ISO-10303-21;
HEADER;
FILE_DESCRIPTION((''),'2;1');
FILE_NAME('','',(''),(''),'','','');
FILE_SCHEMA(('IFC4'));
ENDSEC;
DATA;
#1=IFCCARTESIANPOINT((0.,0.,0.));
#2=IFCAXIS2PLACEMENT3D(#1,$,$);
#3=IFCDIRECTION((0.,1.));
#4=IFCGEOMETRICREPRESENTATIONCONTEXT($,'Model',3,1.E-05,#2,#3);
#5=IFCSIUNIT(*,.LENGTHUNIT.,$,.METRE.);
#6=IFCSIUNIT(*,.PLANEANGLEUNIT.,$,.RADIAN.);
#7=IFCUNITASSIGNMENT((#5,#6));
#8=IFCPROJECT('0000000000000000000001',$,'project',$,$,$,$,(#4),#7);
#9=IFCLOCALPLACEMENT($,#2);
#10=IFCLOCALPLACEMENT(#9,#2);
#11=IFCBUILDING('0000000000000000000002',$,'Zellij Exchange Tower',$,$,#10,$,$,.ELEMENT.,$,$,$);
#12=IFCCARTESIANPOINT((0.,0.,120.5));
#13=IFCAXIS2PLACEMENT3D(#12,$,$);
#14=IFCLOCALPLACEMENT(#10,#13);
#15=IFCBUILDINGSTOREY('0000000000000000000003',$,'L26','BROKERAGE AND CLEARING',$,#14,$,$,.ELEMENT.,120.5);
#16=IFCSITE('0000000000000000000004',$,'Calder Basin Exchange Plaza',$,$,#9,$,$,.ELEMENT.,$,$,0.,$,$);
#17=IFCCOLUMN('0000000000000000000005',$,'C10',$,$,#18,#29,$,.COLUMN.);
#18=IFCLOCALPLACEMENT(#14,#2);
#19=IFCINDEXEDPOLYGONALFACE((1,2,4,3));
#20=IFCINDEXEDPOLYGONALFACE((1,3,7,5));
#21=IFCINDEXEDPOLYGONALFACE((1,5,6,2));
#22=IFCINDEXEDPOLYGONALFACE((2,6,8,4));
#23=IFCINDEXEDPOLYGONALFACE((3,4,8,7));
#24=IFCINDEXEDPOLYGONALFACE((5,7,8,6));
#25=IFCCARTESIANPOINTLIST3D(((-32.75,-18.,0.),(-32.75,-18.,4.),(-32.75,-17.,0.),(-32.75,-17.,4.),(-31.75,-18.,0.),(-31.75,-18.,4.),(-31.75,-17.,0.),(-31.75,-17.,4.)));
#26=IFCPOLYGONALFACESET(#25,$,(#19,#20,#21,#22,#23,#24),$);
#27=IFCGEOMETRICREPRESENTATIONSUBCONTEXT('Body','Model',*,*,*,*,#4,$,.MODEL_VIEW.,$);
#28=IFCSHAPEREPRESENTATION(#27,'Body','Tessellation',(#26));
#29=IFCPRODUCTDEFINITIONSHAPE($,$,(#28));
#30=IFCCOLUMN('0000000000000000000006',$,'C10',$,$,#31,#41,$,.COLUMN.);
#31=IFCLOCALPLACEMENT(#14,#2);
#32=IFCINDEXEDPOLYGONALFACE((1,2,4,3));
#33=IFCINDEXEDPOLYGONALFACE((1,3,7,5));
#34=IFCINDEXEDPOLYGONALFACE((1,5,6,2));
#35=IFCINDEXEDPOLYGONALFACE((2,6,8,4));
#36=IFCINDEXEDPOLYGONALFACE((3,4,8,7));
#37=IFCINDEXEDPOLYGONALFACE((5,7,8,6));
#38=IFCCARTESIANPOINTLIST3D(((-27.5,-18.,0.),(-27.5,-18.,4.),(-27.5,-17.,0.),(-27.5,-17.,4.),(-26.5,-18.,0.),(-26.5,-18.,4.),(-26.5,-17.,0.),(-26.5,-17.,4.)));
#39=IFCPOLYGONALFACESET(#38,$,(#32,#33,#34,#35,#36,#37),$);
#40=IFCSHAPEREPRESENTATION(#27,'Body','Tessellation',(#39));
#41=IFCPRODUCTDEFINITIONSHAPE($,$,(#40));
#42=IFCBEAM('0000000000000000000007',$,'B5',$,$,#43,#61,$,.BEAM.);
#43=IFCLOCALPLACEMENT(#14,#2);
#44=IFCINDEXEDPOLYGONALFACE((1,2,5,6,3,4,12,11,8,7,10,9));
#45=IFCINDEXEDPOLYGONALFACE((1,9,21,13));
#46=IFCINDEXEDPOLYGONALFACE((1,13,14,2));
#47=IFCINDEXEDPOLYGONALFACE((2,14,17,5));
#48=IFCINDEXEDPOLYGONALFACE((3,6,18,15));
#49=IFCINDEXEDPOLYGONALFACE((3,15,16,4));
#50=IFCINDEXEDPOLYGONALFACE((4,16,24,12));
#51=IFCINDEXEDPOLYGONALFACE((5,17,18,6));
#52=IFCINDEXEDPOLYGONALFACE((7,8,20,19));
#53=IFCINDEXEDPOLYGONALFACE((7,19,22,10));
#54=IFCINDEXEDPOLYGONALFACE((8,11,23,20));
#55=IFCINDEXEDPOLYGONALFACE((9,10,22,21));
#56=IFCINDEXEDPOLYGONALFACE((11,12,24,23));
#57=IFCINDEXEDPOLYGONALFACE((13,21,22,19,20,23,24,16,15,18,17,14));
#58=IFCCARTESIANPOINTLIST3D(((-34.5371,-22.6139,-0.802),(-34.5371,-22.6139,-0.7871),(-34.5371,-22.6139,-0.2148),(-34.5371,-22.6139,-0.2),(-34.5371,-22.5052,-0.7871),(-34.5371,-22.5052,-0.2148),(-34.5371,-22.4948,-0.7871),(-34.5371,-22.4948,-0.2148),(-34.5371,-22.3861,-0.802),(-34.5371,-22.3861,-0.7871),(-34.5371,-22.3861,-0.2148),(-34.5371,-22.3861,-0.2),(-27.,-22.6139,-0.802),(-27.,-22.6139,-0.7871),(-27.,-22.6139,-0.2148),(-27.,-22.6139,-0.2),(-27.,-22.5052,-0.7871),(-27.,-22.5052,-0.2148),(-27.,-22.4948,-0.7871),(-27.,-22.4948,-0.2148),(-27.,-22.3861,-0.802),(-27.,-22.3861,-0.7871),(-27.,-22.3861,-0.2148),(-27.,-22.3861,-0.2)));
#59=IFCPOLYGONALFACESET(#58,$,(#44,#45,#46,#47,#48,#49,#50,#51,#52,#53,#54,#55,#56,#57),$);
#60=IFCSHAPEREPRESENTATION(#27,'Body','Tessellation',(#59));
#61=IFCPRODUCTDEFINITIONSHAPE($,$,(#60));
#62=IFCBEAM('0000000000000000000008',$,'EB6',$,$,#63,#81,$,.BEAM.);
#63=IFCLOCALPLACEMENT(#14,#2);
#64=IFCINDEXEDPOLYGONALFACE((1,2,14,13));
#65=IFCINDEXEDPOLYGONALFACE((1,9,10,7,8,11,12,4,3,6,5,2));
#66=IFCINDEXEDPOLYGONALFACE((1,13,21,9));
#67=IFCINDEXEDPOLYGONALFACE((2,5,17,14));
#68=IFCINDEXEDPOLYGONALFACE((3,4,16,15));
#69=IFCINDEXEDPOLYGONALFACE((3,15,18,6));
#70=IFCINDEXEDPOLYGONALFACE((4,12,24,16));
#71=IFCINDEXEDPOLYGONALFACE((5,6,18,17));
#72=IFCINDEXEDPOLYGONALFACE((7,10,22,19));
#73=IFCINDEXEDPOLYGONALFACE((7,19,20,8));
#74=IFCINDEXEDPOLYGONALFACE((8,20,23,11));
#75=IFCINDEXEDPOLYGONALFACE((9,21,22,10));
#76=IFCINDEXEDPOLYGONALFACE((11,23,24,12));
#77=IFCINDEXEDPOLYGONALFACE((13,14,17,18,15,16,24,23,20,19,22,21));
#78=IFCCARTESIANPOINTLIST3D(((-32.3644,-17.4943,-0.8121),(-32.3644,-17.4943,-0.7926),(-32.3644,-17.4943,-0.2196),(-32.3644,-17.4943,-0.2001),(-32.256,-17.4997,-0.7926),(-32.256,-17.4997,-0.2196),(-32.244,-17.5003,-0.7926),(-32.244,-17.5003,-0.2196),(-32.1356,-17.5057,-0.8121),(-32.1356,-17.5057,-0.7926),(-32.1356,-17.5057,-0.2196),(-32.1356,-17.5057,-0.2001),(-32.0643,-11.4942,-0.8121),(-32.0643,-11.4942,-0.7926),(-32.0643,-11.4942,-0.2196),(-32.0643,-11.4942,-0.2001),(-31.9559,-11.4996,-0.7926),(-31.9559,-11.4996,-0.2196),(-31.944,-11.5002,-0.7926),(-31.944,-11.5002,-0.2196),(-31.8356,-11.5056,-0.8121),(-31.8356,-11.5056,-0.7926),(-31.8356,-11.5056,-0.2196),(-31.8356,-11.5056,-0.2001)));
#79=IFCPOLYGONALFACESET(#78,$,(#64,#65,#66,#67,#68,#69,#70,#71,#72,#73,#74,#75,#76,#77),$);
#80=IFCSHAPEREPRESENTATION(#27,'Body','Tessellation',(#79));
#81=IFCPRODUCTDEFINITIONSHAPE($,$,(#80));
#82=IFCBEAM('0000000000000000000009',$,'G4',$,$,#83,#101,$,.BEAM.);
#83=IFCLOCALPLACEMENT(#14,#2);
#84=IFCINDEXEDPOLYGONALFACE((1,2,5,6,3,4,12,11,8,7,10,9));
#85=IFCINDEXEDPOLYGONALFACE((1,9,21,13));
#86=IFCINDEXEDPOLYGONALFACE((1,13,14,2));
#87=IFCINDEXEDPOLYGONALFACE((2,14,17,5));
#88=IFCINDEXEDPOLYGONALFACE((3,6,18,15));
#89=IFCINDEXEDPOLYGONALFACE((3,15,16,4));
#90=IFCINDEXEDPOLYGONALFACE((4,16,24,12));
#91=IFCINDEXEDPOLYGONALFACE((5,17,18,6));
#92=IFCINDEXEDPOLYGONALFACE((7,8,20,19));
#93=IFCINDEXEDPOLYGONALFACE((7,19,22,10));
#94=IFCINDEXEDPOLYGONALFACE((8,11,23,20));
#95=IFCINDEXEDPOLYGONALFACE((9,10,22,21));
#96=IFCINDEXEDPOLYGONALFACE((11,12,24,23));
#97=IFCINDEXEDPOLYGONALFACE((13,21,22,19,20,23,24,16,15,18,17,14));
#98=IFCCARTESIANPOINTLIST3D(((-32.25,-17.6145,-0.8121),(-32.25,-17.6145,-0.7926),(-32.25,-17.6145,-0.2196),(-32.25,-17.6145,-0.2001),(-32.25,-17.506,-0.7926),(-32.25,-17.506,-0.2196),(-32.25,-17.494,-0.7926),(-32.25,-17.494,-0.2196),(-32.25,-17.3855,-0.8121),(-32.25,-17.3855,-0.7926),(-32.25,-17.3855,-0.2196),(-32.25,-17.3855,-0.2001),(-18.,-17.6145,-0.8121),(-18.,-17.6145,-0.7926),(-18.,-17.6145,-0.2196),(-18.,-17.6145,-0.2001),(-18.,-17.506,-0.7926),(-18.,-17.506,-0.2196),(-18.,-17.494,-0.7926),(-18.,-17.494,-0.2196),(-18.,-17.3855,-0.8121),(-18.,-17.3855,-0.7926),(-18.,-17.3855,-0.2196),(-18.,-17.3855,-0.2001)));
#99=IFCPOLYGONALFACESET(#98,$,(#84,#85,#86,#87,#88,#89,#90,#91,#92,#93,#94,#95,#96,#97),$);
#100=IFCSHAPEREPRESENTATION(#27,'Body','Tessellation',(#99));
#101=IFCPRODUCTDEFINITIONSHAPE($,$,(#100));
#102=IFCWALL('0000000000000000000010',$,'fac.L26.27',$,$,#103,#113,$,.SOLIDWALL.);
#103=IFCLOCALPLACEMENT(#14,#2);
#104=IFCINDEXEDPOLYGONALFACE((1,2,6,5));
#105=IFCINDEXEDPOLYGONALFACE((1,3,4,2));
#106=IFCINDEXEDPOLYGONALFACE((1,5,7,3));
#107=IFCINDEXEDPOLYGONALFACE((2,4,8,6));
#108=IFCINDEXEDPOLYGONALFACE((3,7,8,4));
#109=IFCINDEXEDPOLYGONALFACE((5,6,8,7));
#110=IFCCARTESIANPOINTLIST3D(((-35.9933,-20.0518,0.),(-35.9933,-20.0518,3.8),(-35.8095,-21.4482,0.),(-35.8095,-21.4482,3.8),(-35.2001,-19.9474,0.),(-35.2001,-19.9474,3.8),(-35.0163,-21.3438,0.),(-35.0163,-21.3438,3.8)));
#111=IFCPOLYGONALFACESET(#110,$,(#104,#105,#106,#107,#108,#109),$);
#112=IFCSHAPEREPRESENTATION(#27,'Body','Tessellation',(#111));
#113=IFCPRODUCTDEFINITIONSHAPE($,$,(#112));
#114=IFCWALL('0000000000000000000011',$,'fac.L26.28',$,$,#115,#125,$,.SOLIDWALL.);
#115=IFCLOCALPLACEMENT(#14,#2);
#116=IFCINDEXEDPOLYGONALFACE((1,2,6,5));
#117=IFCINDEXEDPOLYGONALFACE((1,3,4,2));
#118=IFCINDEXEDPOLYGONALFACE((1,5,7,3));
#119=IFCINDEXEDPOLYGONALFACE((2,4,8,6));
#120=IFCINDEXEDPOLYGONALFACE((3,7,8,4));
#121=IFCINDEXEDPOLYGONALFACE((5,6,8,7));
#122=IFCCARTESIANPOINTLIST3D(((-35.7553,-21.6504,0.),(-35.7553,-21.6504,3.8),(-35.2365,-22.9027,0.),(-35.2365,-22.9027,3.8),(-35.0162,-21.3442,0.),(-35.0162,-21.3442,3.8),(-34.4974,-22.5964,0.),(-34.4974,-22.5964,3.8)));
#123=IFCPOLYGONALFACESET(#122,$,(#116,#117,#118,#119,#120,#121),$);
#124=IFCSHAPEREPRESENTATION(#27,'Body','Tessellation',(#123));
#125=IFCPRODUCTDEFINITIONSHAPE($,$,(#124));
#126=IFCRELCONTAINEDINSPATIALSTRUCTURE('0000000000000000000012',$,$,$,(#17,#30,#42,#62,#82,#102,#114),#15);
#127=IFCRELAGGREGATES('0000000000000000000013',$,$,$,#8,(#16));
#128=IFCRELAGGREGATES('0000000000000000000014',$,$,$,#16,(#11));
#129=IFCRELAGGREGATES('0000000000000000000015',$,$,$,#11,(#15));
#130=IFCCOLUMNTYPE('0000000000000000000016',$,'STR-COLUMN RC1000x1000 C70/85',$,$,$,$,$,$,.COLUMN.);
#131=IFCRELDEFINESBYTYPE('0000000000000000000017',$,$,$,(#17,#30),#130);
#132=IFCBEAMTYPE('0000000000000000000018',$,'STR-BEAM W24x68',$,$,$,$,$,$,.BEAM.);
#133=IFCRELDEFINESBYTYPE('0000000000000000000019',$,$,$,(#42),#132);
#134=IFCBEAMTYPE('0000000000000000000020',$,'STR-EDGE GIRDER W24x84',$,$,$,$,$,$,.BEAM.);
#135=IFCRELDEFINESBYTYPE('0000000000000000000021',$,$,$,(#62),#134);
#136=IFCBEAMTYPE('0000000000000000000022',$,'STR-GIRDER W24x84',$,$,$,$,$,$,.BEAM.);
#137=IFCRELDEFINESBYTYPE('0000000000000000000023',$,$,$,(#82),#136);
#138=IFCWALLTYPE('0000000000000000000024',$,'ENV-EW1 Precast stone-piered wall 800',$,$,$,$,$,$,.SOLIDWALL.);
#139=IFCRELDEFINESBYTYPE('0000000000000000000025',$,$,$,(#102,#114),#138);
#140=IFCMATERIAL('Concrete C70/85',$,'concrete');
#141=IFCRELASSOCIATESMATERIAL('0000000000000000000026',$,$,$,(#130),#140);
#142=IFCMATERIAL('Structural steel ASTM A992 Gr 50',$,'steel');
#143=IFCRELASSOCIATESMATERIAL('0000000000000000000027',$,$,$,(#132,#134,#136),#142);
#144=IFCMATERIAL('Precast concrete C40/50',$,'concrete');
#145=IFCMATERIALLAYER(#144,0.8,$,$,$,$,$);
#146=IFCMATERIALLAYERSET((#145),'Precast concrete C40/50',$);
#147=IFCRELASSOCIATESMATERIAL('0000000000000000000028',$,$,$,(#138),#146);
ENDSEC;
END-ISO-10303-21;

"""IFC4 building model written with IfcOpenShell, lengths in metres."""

from ifc_helpers import new_model, si_unit, direction, frame, frame_2d, origin, origin_2d, place, context, subcontext, project, spatial, rectangle, i_section, extrude, material, layer, layer_set, material_profile, profile_set, type_object, element, save


model = new_model("IFC4")

# Units and contexts
model_context = context("Model", 3, precision=1e-05, world=origin(), true_north=direction((0.0, 1.0)))
body_context = subcontext(model_context, "Body", "Model", "MODEL_VIEW")
ifc_project = project(units=[si_unit("LENGTHUNIT", "METRE"), si_unit("PLANEANGLEUNIT", "RADIAN")], contexts=[model_context])

# Site, building, storey
site_placement = place(None, origin())
site = spatial("IfcSite", under=ifc_project, at=site_placement, Name="Calder Basin Exchange Plaza", CompositionType="ELEMENT", RefElevation=0.0)
building_placement = place(site_placement, origin())
building = spatial("IfcBuilding", under=site, at=building_placement, Name="Zellij Exchange Tower", CompositionType="ELEMENT")
storey_placement = place(building_placement, frame((0.0, 0.0, 120.5)))
storey = spatial("IfcBuildingStorey", under=building, at=storey_placement, Name="L26", Description="BROKERAGE AND CLEARING", CompositionType="ELEMENT", Elevation=120.5)

# Columns
ifc_material_1 = material(Name="Concrete C70/85", Category="concrete")
ifc_material_profile_1 = material_profile(ifc_material_1, rectangle(XDim=1.0, YDim=1.0, at=origin_2d()), Name="STR-COLUMN RC1000x1000 C70/85")
ifc_profile_set_1 = profile_set([ifc_material_profile_1], Name="Concrete C70/85")
column_type = type_object("IfcColumnType", Name="STR-COLUMN RC1000x1000 C70/85", PredefinedType="COLUMN", material=ifc_profile_set_1)
for number, where, z_axis, x_axis, name in (
    (1, (-32.25, -17.5, 0.0), (0.0, 0.0, 1.0), (1.0, 0.0, 0.0), "C10"),
    (2, (-27.0, -17.5, 0.0), (0.0, 0.0, 1.0), (1.0, 0.0, 0.0), "C10"),
):
    element("IfcColumn", number, at=place(storey_placement, frame(where, z_axis=z_axis, x_axis=x_axis)), inside=storey, type_object=column_type, Name=name, PredefinedType="COLUMN", context=body_context, shape_type="SweptSolid", body=[
        extrude(rectangle(XDim=1.0, YDim=1.0, at=origin_2d()), origin(), (0.0, 0.0, 1.0), 4.0),
    ])

# Beams
ifc_material_2 = material(Name="Structural steel ASTM A992 Gr 50", Category="steel")
ifc_material_profile_2 = material_profile(ifc_material_2, i_section(OverallWidth=0.2278, OverallDepth=0.6021, WebThickness=0.0105, FlangeThickness=0.0149, at=origin_2d()), Name="W24x68")
ifc_profile_set_2 = profile_set([ifc_material_profile_2], Name="Structural steel ASTM A992 Gr 50")
beam_type_1 = type_object("IfcBeamType", Name="STR-BEAM W24x68", PredefinedType="BEAM", material=ifc_profile_set_2)
beam_1_placement = place(storey_placement, frame((-34.5371, -22.5, -0.501), z_axis=(1.0, 0.0, 0.0), x_axis=(0.0, 1.0, 0.0)))
element("IfcBeam", 3, at=beam_1_placement, inside=storey, type_object=beam_type_1, Name="B5", PredefinedType="BEAM", context=body_context, shape_type="SweptSolid", body=[
    extrude(i_section(OverallWidth=0.2278, OverallDepth=0.6021, WebThickness=0.0105, FlangeThickness=0.0149, at=origin_2d()), origin(), (0.0, 0.0, 1.0), 7.5371),
])
ifc_material_profile_3 = material_profile(ifc_material_2, i_section(OverallWidth=0.229, OverallDepth=0.6121, WebThickness=0.012, FlangeThickness=0.0195, at=origin_2d()), Name="W24x84")
ifc_profile_set_3 = profile_set([ifc_material_profile_3], Name="Structural steel ASTM A992 Gr 50")
beam_type_2 = type_object("IfcBeamType", Name="STR-EDGE GIRDER W24x84", PredefinedType="BEAM", material=ifc_profile_set_3)
beam_2_placement = place(storey_placement, frame((-32.25, -17.5, -0.5061), z_axis=(0.049946, 0.998752, 0.0), x_axis=(-0.998752, 0.049946, 0.0)))
element("IfcBeam", 4, at=beam_2_placement, inside=storey, type_object=beam_type_2, Name="EB6", PredefinedType="BEAM", context=body_context, shape_type="SweptSolid", body=[
    extrude(i_section(OverallWidth=0.229, OverallDepth=0.6121, WebThickness=0.012, FlangeThickness=0.0195, at=origin_2d()), origin(), (0.0, 0.0, 1.0), 6.0076),
])
ifc_material_profile_4 = material_profile(ifc_material_2, i_section(OverallWidth=0.229, OverallDepth=0.6121, WebThickness=0.012, FlangeThickness=0.0195, at=origin_2d()), Name="W24x84")
ifc_profile_set_4 = profile_set([ifc_material_profile_4], Name="Structural steel ASTM A992 Gr 50")
beam_type_3 = type_object("IfcBeamType", Name="STR-GIRDER W24x84", PredefinedType="BEAM", material=ifc_profile_set_4)
beam_3_placement = place(storey_placement, frame((-32.25, -17.5, -0.5061), z_axis=(1.0, 0.0, 0.0), x_axis=(0.0, 1.0, 0.0)))
element("IfcBeam", 5, at=beam_3_placement, inside=storey, type_object=beam_type_3, Name="G4", PredefinedType="BEAM", context=body_context, shape_type="SweptSolid", body=[
    extrude(i_section(OverallWidth=0.229, OverallDepth=0.6121, WebThickness=0.012, FlangeThickness=0.0195, at=origin_2d()), origin(), (0.0, 0.0, 1.0), 14.25),
])

# Walls
ifc_material_3 = material(Name="Precast concrete C40/50", Category="concrete")
ifc_layer_1 = layer(ifc_material_3, 0.8)
ifc_layer_set_1 = layer_set([ifc_layer_1], Name="Precast concrete C40/50")
wall_type_1 = type_object("IfcWallType", Name="ENV-EW1 Precast stone-piered wall 800", PredefinedType="SOLIDWALL", material=ifc_layer_set_1)
wall_1_placement = place(storey_placement, frame((-35.5967, -19.9998, 0.0), z_axis=(0.0, 0.0, 1.0), x_axis=(0.130517, -0.991446, 0.0)))
element("IfcWall", 6, at=wall_1_placement, inside=storey, type_object=wall_type_1, Name="fac.L26.27", PredefinedType="SOLIDWALL", context=body_context, shape_type="SweptSolid", body=[
    extrude(rectangle(XDim=1.4084, YDim=0.8, at=frame_2d((0.7041, 0.0))), origin(), (0.0, 0.0, 1.0), 3.8),
])
wall_2_placement = place(storey_placement, frame((-35.3857, -21.4973, 0.0), z_axis=(0.0, 0.0, 1.0), x_axis=(0.38276, -0.923848, 0.0)))
element("IfcWall", 7, at=wall_2_placement, inside=storey, type_object=wall_type_1, Name="fac.L26.28", PredefinedType="SOLIDWALL", context=body_context, shape_type="SweptSolid", body=[
    extrude(rectangle(XDim=1.3555, YDim=0.8, at=frame_2d((0.6777, 0.0))), origin(), (0.0, 0.0, 1.0), 3.8),
])

save(model, "model.ifc")
